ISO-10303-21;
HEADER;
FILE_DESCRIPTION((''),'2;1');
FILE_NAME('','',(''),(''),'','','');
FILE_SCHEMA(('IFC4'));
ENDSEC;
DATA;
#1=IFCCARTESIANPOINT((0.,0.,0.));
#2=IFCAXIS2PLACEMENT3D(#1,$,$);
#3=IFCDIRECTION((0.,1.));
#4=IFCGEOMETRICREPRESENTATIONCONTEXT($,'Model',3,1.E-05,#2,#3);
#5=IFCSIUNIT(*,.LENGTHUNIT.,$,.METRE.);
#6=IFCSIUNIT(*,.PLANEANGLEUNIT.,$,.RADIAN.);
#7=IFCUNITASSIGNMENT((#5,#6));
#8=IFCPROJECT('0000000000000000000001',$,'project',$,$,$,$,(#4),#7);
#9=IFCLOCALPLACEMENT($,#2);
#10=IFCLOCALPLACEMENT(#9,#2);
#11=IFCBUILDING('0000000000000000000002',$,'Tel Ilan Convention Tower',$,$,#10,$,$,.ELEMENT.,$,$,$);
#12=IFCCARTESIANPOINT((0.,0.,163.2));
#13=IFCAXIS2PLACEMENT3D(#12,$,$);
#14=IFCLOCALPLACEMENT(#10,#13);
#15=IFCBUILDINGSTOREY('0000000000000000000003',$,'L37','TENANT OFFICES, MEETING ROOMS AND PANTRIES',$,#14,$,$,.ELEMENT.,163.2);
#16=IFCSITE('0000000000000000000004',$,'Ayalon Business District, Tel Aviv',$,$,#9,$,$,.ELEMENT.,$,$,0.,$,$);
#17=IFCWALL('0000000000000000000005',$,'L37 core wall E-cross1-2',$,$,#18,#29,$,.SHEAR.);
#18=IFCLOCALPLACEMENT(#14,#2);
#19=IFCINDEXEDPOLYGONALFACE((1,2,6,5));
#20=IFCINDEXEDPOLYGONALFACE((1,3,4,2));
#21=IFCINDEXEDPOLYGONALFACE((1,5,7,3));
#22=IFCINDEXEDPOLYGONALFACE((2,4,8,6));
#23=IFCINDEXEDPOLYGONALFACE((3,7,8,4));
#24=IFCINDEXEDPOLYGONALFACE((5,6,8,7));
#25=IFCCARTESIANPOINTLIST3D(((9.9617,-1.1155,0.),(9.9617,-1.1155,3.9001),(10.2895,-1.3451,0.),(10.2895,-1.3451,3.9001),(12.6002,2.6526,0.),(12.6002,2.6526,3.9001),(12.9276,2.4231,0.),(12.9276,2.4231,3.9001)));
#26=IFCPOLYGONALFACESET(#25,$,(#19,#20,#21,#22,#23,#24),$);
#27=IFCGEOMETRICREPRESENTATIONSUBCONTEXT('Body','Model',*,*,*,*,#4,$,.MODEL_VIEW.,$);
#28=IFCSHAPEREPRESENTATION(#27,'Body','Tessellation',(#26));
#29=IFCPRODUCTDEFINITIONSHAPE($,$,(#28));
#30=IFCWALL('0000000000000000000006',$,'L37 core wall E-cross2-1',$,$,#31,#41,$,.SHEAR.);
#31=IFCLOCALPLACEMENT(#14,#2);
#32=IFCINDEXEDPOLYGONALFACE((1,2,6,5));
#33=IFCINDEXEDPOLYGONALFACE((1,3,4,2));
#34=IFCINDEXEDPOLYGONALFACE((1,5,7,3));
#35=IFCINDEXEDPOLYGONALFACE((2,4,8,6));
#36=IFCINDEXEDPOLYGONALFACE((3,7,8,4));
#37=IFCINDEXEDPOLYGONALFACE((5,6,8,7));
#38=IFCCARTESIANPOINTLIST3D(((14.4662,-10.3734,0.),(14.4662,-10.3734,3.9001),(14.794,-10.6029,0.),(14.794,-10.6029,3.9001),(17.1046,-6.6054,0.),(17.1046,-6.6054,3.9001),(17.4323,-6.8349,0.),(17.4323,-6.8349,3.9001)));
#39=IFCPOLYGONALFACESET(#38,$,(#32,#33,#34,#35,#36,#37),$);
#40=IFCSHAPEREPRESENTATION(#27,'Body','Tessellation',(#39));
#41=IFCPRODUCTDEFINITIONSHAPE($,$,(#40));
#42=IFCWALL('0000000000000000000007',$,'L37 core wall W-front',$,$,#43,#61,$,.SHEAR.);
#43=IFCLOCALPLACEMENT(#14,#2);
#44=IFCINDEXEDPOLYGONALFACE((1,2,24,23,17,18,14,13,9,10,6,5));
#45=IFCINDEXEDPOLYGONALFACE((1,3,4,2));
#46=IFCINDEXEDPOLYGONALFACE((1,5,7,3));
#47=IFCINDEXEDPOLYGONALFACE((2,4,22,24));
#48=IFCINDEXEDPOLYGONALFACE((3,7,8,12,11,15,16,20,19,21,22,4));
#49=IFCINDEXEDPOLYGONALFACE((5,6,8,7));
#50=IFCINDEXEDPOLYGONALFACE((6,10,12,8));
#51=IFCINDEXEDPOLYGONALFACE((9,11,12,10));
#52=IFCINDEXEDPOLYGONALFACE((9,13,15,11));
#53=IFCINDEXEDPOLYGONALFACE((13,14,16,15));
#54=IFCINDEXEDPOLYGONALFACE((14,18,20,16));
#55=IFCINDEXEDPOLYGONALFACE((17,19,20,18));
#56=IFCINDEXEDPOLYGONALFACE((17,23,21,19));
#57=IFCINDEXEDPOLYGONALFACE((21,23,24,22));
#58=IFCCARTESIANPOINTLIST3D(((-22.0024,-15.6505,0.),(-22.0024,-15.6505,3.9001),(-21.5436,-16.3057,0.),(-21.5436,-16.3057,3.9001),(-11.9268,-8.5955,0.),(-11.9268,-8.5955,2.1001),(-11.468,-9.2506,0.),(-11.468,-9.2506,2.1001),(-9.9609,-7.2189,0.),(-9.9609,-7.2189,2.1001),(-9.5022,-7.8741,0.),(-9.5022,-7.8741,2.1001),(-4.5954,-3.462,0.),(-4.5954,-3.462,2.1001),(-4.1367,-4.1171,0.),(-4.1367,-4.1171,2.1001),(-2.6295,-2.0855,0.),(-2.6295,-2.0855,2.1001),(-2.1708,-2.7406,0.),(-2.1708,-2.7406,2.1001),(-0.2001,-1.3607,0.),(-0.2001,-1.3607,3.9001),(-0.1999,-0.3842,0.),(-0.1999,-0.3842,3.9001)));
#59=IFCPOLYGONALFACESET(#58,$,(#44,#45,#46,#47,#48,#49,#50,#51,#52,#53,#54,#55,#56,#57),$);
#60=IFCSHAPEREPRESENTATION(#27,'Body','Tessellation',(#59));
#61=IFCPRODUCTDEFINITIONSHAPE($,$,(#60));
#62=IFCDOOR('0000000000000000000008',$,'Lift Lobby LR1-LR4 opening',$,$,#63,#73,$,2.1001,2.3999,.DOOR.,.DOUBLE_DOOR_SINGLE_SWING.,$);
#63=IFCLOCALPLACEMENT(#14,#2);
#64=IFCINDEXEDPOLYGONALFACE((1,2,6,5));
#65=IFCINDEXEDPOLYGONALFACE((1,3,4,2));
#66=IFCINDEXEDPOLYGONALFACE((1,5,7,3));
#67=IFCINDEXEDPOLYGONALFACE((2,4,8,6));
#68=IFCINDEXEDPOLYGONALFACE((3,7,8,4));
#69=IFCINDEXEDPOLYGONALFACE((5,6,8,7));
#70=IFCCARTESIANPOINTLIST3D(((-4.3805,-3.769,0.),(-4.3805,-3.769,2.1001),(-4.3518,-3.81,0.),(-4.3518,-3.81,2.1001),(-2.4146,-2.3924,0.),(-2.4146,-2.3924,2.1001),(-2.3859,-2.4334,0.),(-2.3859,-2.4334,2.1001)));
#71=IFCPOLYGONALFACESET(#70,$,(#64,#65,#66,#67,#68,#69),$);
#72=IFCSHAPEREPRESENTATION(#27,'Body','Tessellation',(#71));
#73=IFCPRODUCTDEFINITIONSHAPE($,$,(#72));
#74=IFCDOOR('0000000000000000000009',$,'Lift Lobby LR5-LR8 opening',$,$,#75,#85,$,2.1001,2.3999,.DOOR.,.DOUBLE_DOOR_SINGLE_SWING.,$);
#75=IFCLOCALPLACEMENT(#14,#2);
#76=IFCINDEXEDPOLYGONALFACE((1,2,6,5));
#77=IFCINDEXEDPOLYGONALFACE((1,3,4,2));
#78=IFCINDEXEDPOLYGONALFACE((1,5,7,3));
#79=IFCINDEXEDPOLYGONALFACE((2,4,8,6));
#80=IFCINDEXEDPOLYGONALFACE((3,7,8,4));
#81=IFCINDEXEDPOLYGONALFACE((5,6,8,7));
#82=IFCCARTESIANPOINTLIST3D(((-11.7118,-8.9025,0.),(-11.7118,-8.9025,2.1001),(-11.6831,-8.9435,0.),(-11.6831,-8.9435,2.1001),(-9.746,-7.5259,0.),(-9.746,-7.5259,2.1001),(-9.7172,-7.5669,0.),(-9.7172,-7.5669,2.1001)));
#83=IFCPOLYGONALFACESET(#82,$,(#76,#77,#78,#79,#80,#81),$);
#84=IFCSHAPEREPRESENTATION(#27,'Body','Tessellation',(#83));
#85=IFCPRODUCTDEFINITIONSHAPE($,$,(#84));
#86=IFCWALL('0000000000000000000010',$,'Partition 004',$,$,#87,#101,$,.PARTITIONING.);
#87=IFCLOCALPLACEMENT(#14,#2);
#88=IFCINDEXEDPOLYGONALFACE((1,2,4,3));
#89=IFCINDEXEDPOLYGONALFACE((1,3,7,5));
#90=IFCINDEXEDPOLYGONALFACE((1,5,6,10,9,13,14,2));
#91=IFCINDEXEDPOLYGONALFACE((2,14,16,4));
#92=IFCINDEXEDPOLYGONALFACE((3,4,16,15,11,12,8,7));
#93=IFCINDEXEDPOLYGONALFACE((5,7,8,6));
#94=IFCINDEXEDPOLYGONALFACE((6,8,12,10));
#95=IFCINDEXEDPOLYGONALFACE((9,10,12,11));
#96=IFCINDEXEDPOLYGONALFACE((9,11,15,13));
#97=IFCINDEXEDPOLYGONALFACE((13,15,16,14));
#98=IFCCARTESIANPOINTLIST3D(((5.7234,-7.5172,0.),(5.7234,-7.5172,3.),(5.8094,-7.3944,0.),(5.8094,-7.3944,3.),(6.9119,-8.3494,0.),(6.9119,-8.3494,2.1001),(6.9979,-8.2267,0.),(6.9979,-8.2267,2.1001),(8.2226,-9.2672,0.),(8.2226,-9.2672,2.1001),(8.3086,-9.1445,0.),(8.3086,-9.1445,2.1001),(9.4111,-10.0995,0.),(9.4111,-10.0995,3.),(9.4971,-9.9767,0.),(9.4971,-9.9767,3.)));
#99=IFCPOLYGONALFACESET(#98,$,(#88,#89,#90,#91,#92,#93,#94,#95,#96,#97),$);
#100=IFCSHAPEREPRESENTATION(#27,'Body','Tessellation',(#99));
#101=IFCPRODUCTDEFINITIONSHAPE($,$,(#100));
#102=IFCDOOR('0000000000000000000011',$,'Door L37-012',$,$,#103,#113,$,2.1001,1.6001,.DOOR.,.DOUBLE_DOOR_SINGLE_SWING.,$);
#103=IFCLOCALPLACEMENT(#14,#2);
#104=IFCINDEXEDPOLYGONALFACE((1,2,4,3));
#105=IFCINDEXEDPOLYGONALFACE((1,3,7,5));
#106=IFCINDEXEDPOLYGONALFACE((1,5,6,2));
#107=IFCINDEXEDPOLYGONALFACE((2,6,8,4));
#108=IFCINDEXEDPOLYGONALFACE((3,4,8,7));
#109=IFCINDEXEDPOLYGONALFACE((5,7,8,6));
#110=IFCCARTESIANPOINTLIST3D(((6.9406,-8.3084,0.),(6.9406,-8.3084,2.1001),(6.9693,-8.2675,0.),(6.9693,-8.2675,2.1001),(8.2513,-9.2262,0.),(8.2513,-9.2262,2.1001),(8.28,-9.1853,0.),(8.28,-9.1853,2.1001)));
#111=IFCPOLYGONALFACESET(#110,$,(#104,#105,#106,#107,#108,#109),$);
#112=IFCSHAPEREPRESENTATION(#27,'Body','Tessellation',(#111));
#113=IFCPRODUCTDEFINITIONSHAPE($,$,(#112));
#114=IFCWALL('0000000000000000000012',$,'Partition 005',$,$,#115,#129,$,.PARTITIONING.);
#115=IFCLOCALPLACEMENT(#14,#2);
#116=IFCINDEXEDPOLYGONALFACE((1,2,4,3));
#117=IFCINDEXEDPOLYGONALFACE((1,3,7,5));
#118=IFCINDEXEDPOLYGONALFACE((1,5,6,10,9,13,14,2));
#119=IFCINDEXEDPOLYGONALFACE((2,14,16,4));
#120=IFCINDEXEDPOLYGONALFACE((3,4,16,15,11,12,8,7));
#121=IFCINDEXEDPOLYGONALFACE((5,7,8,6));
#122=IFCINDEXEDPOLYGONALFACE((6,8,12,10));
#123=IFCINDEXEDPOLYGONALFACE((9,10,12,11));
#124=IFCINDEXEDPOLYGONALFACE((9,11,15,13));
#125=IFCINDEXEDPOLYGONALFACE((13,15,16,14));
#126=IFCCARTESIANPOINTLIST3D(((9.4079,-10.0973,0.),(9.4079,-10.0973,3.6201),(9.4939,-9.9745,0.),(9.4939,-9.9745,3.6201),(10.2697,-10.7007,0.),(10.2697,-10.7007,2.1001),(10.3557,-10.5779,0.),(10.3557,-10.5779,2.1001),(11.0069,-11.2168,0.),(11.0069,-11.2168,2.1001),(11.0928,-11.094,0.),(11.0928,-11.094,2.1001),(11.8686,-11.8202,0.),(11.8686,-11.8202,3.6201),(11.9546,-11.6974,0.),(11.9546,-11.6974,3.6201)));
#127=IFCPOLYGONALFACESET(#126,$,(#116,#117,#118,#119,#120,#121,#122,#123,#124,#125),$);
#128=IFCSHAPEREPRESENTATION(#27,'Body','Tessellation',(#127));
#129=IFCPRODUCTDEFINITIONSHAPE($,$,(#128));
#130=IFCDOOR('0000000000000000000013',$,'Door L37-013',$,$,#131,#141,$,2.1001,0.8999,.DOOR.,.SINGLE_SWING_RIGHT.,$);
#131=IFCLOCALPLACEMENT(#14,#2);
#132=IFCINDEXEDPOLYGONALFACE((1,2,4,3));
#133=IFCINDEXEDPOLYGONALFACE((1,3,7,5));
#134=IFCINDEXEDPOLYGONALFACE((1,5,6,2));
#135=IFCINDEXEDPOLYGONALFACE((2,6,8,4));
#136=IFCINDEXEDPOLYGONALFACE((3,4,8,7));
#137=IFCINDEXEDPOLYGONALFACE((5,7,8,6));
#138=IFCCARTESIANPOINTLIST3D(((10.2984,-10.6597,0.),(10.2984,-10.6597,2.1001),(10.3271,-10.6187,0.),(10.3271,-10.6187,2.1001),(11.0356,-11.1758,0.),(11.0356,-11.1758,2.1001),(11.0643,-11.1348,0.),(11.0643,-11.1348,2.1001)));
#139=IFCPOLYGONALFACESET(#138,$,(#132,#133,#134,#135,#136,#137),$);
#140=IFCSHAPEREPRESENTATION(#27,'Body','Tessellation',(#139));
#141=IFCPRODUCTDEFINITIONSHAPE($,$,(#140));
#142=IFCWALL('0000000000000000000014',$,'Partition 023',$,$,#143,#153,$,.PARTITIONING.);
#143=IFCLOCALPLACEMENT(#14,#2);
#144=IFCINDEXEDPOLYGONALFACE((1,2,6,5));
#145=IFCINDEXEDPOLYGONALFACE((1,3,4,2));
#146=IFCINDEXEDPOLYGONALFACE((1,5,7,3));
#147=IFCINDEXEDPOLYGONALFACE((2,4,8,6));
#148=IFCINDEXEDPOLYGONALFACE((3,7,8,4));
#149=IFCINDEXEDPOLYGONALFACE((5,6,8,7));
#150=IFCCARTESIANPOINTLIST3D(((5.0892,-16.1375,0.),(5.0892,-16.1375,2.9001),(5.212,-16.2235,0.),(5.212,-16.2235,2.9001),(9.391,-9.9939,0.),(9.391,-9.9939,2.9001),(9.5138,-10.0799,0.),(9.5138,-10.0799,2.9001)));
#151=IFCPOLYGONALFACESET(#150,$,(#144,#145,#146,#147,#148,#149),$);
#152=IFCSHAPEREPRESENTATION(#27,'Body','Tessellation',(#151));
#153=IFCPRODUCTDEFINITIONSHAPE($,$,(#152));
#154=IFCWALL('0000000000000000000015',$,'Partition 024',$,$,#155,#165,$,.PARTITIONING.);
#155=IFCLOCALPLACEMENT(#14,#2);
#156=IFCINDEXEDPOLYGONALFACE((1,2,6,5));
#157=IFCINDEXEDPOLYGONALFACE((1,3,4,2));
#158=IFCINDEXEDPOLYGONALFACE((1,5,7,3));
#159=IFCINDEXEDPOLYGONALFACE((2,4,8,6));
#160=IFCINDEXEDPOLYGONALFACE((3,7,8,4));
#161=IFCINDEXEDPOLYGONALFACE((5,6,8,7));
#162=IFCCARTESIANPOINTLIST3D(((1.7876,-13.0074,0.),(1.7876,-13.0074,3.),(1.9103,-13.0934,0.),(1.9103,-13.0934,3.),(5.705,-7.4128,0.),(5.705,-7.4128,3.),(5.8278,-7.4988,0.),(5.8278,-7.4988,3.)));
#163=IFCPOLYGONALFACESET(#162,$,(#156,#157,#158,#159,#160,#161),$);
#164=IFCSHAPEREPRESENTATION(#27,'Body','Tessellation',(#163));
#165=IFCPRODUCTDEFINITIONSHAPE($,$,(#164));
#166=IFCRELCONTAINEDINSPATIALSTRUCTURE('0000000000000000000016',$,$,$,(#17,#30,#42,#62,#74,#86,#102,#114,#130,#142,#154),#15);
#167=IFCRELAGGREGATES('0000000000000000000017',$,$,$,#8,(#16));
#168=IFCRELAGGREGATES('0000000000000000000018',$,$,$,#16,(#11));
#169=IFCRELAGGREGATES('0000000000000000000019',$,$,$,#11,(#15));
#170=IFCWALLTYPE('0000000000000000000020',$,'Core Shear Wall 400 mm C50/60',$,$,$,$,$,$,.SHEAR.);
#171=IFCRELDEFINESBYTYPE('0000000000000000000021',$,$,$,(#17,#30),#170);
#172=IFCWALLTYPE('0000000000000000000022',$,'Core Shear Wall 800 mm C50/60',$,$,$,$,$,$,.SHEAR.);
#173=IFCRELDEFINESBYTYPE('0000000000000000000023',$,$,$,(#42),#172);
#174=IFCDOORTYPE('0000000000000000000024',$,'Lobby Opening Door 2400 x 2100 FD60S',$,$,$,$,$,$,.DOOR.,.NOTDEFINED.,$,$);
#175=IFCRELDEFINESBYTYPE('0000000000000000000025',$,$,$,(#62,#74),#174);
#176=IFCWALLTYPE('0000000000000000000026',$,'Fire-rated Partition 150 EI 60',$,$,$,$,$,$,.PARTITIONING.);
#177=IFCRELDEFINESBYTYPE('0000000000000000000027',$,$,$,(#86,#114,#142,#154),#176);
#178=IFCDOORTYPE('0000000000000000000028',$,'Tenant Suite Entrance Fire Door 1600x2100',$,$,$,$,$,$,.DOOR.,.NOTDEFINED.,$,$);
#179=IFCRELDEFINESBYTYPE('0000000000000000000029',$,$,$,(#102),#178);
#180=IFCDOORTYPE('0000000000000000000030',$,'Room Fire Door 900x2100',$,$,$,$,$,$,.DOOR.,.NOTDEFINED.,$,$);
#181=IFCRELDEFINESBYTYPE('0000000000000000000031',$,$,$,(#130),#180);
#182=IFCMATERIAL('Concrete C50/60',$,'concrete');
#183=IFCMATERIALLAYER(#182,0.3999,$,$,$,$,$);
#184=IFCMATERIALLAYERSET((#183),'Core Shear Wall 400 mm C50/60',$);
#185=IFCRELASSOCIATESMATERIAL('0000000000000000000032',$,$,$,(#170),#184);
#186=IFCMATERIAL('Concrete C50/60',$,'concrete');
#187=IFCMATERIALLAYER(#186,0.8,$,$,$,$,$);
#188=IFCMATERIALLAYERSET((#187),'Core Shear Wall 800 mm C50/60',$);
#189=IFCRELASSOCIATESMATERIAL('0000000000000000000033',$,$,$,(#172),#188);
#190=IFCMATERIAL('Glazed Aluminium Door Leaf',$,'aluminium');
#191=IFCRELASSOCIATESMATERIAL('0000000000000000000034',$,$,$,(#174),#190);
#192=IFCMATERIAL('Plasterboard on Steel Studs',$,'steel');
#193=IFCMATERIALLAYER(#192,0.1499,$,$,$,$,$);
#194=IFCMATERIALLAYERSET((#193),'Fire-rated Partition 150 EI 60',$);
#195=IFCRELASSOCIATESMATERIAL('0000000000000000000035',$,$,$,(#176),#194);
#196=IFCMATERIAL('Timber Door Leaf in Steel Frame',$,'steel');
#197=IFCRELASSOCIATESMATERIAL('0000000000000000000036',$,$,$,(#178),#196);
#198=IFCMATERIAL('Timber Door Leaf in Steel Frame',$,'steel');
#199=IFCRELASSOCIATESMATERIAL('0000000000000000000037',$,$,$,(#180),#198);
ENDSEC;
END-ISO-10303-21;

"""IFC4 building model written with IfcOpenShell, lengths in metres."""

from ifc_helpers import new_model, si_unit, direction, frame, frame_2d, origin, place, context, subcontext, project, spatial, polyline, rectangle, outline, extrude, material, layer, layer_set, type_object, element, fill, save


model = new_model("IFC4")

# Units and contexts
model_context = context("Model", 3, precision=1e-05, world=origin(), true_north=direction((0.0, 1.0)))
body_context = subcontext(model_context, "Body", "Model", "MODEL_VIEW")
ifc_project = project(units=[si_unit("LENGTHUNIT", "METRE"), si_unit("PLANEANGLEUNIT", "RADIAN")], contexts=[model_context])

# Site, building, storey
site_placement = place(None, origin())
site = spatial("IfcSite", under=ifc_project, at=site_placement, Name="Ayalon Business District, Tel Aviv", CompositionType="ELEMENT", RefElevation=0.0)
building_placement = place(site_placement, origin())
building = spatial("IfcBuilding", under=site, at=building_placement, Name="Tel Ilan Convention Tower", CompositionType="ELEMENT")
storey_placement = place(building_placement, frame((0.0, 0.0, 163.2)))
storey = spatial("IfcBuildingStorey", under=building, at=storey_placement, Name="L37", Description="TENANT OFFICES, MEETING ROOMS AND PANTRIES", CompositionType="ELEMENT", Elevation=163.2)

# Walls
ifc_material_1 = material(Name="Concrete C50/60", Category="concrete")
ifc_layer_1 = layer(ifc_material_1, 0.3999)
ifc_layer_set_1 = layer_set([ifc_layer_1], Name="Core Shear Wall 400 mm C50/60")
wall_type_1 = type_object("IfcWallType", Name="Core Shear Wall 400 mm C50/60", PredefinedType="SHEAR", material=ifc_layer_set_1)
wall_1_placement = place(storey_placement, frame((10.1255, -1.2302, 0.0), z_axis=(0.0, 0.0, 1.0), x_axis=(0.573576, 0.819152, 0.0)))
element("IfcWall", 1, at=wall_1_placement, inside=storey, type_object=wall_type_1, Name="L37 core wall E-cross1-2", PredefinedType="SHEAR", context=body_context, shape_type="SweptSolid", body=[
    extrude(outline(polyline([(4.5999, -0.2), (4.6001, 0.2), (0.0, 0.2), (0.0, -0.2002), (4.5999, -0.2)])), origin(), (0.0, 0.0, 1.0), 3.9001),
])
wall_2_placement = place(storey_placement, frame((14.6299, -10.4883, 0.0), z_axis=(0.0, 0.0, 1.0), x_axis=(0.573612, 0.819127, 0.0)))
element("IfcWall", 2, at=wall_2_placement, inside=storey, type_object=wall_type_1, Name="L37 core wall E-cross2-1", PredefinedType="SHEAR", context=body_context, shape_type="SweptSolid", body=[
    extrude(outline(polyline([(0.0002, 0.2), (0.0002, -0.2002), (4.6001, -0.2), (4.6001, 0.2002), (0.0002, 0.2)])), origin(), (0.0, 0.0, 1.0), 3.9001),
])

# Wall, openings, doors
ifc_material_2 = material(Name="Concrete C50/60", Category="concrete")
ifc_layer_2 = layer(ifc_material_2, 0.8)
ifc_layer_set_2 = layer_set([ifc_layer_2], Name="Core Shear Wall 800 mm C50/60")
wall_type_2 = type_object("IfcWallType", Name="Core Shear Wall 800 mm C50/60", PredefinedType="SHEAR", material=ifc_layer_set_2)
wall_3_placement = place(storey_placement, frame((0.0293, -0.7119, 0.0), z_axis=(0.0, 0.0, 1.0), x_axis=(-0.819152, -0.573577, 0.0)))
wall_3 = element("IfcWall", 3, at=wall_3_placement, inside=storey, type_object=wall_type_2, Name="L37 core wall W-front", PredefinedType="SHEAR", context=body_context, shape_type="SweptSolid", body=[
    extrude(outline(polyline([(26.6157, 0.3999), (0.5601, 0.3999), (-0.0002, -0.3999), (26.6157, -0.3999), (26.6157, 0.3999)])), origin(), (0.0, 0.0, 1.0), 3.9001),
])
opening_1_placement = place(wall_3_placement, frame((2.9658, 0.0, 0.0)))
opening_1 = element("IfcOpeningElement", 4, at=opening_1_placement, cuts=wall_3, PredefinedType="OPENING", context=body_context, shape_type="SweptSolid", body=[
    extrude(rectangle(XDim=2.3999, YDim=2.1001, at=frame_2d((1.2, 1.05))), frame((0.0, 0.4099, 0.0), z_axis=(0.0, -1.0, 0.0), x_axis=(1.0, 0.0, 0.0)), (0.0, 0.0, 1.0), 0.8201),
])
opening_2_placement = place(wall_3_placement, frame((11.9158, 0.0, 0.0)))
opening_2 = element("IfcOpeningElement", 5, at=opening_2_placement, cuts=wall_3, PredefinedType="OPENING", context=body_context, shape_type="SweptSolid", body=[
    extrude(rectangle(XDim=2.3999, YDim=2.1001, at=frame_2d((1.2, 1.05))), frame((0.0, 0.4099, 0.0), z_axis=(0.0, -1.0, 0.0), x_axis=(1.0, 0.0, 0.0)), (0.0, 0.0, 1.0), 0.8201),
])
ifc_material_3 = material(Name="Glazed Aluminium Door Leaf", Category="aluminium")
door_type_1 = type_object("IfcDoorType", Name="Lobby Opening Door 2400 x 2100 FD60S", OperationType="NOTDEFINED", PredefinedType="DOOR", material=ifc_material_3)
door_1_placement = place(opening_1_placement, origin())
door_1 = element("IfcDoor", 6, at=door_1_placement, inside=storey, type_object=door_type_1, Name="Lift Lobby LR1-LR4 opening", OperationType="DOUBLE_DOOR_SINGLE_SWING", OverallHeight=2.1001, OverallWidth=2.3999, PredefinedType="DOOR", context=body_context, shape_type="SweptSolid", body=[
    extrude(rectangle(XDim=2.3999, YDim=2.1001, at=frame_2d((1.2, 1.05))), frame((0.0, 0.0249, 0.0), z_axis=(0.0, -1.0, 0.0), x_axis=(1.0, 0.0, 0.0)), (0.0, 0.0, 1.0), 0.05),
])
fill(opening_1, door_1)
door_2_placement = place(opening_2_placement, origin())
door_2 = element("IfcDoor", 7, at=door_2_placement, inside=storey, type_object=door_type_1, Name="Lift Lobby LR5-LR8 opening", OperationType="DOUBLE_DOOR_SINGLE_SWING", OverallHeight=2.1001, OverallWidth=2.3999, PredefinedType="DOOR", context=body_context, shape_type="SweptSolid", body=[
    extrude(rectangle(XDim=2.3999, YDim=2.1001, at=frame_2d((1.2, 1.05))), frame((0.0, 0.0249, 0.0), z_axis=(0.0, -1.0, 0.0), x_axis=(1.0, 0.0, 0.0)), (0.0, 0.0, 1.0), 0.05),
])
fill(opening_2, door_2)

# Walls, openings, doors
ifc_material_4 = material(Name="Plasterboard on Steel Studs", Category="steel")
ifc_layer_3 = layer(ifc_material_4, 0.1499)
ifc_layer_set_3 = layer_set([ifc_layer_3], Name="Fire-rated Partition 150 EI 60")
wall_type_3 = type_object("IfcWallType", Name="Fire-rated Partition 150 EI 60", PredefinedType="PARTITIONING", material=ifc_layer_set_3)
wall_4_placement = place(storey_placement, frame((9.4541, -10.0381, 0.0), z_axis=(0.0, 0.0, 1.0), x_axis=(-0.819143, 0.57359, 0.0)))
wall_4 = element("IfcWall", 8, at=wall_4_placement, inside=storey, type_object=wall_type_3, Name="Partition 004", PredefinedType="PARTITIONING", context=body_context, shape_type="SweptSolid", body=[
    extrude(rectangle(XDim=4.502, YDim=0.1499, at=frame_2d((2.251, 0.0))), origin(), (0.0, 0.0, 1.0), 3.0),
])
opening_3_placement = place(wall_4_placement, frame((1.4509, 0.0, 0.0)))
opening_3 = element("IfcOpeningElement", 9, at=opening_3_placement, cuts=wall_4, PredefinedType="OPENING", context=body_context, shape_type="SweptSolid", body=[
    extrude(rectangle(XDim=1.6001, YDim=2.1001, at=frame_2d((0.8, 1.05))), frame((0.0, 0.085, 0.0), z_axis=(0.0, -1.0, 0.0), x_axis=(1.0, 0.0, 0.0)), (0.0, 0.0, 1.0), 0.1699),
])
ifc_material_5 = material(Name="Timber Door Leaf in Steel Frame", Category="steel")
door_type_2 = type_object("IfcDoorType", Name="Tenant Suite Entrance Fire Door 1600x2100", OperationType="NOTDEFINED", PredefinedType="DOOR", material=ifc_material_5)
door_3_placement = place(opening_3_placement, origin())
door_3 = element("IfcDoor", 10, at=door_3_placement, inside=storey, type_object=door_type_2, Name="Door L37-012", OperationType="DOUBLE_DOOR_SINGLE_SWING", OverallHeight=2.1001, OverallWidth=1.6001, PredefinedType="DOOR", context=body_context, shape_type="SweptSolid", body=[
    extrude(rectangle(XDim=1.6001, YDim=2.1001, at=frame_2d((0.8, 1.05))), frame((0.0, 0.0249, 0.0), z_axis=(0.0, -1.0, 0.0), x_axis=(1.0, 0.0, 0.0)), (0.0, 0.0, 1.0), 0.05),
])
fill(opening_3, door_3)
wall_5_placement = place(storey_placement, frame((11.9116, -11.7588, 0.0), z_axis=(0.0, 0.0, 1.0), x_axis=(-0.819167, 0.573555, 0.0)))
wall_5 = element("IfcWall", 11, at=wall_5_placement, inside=storey, type_object=wall_type_3, Name="Partition 005", PredefinedType="PARTITIONING", context=body_context, shape_type="SweptSolid", body=[
    extrude(rectangle(XDim=3.0039, YDim=0.1499, at=frame_2d((1.502, 0.0))), origin(), (0.0, 0.0, 1.0), 3.6201),
])
opening_4_placement = place(wall_5_placement, frame((1.052, 0.0, 0.0)))
opening_4 = element("IfcOpeningElement", 12, at=opening_4_placement, cuts=wall_5, PredefinedType="OPENING", context=body_context, shape_type="SweptSolid", body=[
    extrude(rectangle(XDim=0.8999, YDim=2.1001, at=frame_2d((0.45, 1.05))), frame((0.0, 0.085, 0.0), z_axis=(0.0, -1.0, 0.0), x_axis=(1.0, 0.0, 0.0)), (0.0, 0.0, 1.0), 0.1699),
])
ifc_material_6 = material(Name="Timber Door Leaf in Steel Frame", Category="steel")
door_type_3 = type_object("IfcDoorType", Name="Room Fire Door 900x2100", OperationType="NOTDEFINED", PredefinedType="DOOR", material=ifc_material_6)
door_4_placement = place(opening_4_placement, origin())
door_4 = element("IfcDoor", 13, at=door_4_placement, inside=storey, type_object=door_type_3, Name="Door L37-013", OperationType="SINGLE_SWING_RIGHT", OverallHeight=2.1001, OverallWidth=0.8999, PredefinedType="DOOR", context=body_context, shape_type="SweptSolid", body=[
    extrude(rectangle(XDim=0.8999, YDim=2.1001, at=frame_2d((0.45, 1.05))), frame((0.0, 0.0249, 0.0), z_axis=(0.0, -1.0, 0.0), x_axis=(1.0, 0.0, 0.0)), (0.0, 0.0, 1.0), 0.05),
])
fill(opening_4, door_4)

# Walls
wall_6_placement = place(storey_placement, frame((9.4524, -10.0369, 0.0), z_axis=(0.0, 0.0, 1.0), x_axis=(-0.573576, -0.819152, 0.0)))
element("IfcWall", 14, at=wall_6_placement, inside=storey, type_object=wall_type_3, Name="Partition 023", PredefinedType="PARTITIONING", context=body_context, shape_type="SweptSolid", body=[
    extrude(rectangle(XDim=7.5, YDim=0.1499, at=frame_2d((3.75, 0.0))), origin(), (0.0, 0.0, 1.0), 2.9001),
])
wall_7_placement = place(storey_placement, frame((1.8489, -13.0505, 0.0), z_axis=(0.0, 0.0, 1.0), x_axis=(0.573577, 0.819151, 0.0)))
element("IfcWall", 15, at=wall_7_placement, inside=storey, type_object=wall_type_3, Name="Partition 024", PredefinedType="PARTITIONING", context=body_context, shape_type="SweptSolid", body=[
    extrude(rectangle(XDim=6.8298, YDim=0.1499, at=frame_2d((3.415, 0.0))), origin(), (0.0, 0.0, 1.0), 3.0),
])

save(model, "model.ifc")
